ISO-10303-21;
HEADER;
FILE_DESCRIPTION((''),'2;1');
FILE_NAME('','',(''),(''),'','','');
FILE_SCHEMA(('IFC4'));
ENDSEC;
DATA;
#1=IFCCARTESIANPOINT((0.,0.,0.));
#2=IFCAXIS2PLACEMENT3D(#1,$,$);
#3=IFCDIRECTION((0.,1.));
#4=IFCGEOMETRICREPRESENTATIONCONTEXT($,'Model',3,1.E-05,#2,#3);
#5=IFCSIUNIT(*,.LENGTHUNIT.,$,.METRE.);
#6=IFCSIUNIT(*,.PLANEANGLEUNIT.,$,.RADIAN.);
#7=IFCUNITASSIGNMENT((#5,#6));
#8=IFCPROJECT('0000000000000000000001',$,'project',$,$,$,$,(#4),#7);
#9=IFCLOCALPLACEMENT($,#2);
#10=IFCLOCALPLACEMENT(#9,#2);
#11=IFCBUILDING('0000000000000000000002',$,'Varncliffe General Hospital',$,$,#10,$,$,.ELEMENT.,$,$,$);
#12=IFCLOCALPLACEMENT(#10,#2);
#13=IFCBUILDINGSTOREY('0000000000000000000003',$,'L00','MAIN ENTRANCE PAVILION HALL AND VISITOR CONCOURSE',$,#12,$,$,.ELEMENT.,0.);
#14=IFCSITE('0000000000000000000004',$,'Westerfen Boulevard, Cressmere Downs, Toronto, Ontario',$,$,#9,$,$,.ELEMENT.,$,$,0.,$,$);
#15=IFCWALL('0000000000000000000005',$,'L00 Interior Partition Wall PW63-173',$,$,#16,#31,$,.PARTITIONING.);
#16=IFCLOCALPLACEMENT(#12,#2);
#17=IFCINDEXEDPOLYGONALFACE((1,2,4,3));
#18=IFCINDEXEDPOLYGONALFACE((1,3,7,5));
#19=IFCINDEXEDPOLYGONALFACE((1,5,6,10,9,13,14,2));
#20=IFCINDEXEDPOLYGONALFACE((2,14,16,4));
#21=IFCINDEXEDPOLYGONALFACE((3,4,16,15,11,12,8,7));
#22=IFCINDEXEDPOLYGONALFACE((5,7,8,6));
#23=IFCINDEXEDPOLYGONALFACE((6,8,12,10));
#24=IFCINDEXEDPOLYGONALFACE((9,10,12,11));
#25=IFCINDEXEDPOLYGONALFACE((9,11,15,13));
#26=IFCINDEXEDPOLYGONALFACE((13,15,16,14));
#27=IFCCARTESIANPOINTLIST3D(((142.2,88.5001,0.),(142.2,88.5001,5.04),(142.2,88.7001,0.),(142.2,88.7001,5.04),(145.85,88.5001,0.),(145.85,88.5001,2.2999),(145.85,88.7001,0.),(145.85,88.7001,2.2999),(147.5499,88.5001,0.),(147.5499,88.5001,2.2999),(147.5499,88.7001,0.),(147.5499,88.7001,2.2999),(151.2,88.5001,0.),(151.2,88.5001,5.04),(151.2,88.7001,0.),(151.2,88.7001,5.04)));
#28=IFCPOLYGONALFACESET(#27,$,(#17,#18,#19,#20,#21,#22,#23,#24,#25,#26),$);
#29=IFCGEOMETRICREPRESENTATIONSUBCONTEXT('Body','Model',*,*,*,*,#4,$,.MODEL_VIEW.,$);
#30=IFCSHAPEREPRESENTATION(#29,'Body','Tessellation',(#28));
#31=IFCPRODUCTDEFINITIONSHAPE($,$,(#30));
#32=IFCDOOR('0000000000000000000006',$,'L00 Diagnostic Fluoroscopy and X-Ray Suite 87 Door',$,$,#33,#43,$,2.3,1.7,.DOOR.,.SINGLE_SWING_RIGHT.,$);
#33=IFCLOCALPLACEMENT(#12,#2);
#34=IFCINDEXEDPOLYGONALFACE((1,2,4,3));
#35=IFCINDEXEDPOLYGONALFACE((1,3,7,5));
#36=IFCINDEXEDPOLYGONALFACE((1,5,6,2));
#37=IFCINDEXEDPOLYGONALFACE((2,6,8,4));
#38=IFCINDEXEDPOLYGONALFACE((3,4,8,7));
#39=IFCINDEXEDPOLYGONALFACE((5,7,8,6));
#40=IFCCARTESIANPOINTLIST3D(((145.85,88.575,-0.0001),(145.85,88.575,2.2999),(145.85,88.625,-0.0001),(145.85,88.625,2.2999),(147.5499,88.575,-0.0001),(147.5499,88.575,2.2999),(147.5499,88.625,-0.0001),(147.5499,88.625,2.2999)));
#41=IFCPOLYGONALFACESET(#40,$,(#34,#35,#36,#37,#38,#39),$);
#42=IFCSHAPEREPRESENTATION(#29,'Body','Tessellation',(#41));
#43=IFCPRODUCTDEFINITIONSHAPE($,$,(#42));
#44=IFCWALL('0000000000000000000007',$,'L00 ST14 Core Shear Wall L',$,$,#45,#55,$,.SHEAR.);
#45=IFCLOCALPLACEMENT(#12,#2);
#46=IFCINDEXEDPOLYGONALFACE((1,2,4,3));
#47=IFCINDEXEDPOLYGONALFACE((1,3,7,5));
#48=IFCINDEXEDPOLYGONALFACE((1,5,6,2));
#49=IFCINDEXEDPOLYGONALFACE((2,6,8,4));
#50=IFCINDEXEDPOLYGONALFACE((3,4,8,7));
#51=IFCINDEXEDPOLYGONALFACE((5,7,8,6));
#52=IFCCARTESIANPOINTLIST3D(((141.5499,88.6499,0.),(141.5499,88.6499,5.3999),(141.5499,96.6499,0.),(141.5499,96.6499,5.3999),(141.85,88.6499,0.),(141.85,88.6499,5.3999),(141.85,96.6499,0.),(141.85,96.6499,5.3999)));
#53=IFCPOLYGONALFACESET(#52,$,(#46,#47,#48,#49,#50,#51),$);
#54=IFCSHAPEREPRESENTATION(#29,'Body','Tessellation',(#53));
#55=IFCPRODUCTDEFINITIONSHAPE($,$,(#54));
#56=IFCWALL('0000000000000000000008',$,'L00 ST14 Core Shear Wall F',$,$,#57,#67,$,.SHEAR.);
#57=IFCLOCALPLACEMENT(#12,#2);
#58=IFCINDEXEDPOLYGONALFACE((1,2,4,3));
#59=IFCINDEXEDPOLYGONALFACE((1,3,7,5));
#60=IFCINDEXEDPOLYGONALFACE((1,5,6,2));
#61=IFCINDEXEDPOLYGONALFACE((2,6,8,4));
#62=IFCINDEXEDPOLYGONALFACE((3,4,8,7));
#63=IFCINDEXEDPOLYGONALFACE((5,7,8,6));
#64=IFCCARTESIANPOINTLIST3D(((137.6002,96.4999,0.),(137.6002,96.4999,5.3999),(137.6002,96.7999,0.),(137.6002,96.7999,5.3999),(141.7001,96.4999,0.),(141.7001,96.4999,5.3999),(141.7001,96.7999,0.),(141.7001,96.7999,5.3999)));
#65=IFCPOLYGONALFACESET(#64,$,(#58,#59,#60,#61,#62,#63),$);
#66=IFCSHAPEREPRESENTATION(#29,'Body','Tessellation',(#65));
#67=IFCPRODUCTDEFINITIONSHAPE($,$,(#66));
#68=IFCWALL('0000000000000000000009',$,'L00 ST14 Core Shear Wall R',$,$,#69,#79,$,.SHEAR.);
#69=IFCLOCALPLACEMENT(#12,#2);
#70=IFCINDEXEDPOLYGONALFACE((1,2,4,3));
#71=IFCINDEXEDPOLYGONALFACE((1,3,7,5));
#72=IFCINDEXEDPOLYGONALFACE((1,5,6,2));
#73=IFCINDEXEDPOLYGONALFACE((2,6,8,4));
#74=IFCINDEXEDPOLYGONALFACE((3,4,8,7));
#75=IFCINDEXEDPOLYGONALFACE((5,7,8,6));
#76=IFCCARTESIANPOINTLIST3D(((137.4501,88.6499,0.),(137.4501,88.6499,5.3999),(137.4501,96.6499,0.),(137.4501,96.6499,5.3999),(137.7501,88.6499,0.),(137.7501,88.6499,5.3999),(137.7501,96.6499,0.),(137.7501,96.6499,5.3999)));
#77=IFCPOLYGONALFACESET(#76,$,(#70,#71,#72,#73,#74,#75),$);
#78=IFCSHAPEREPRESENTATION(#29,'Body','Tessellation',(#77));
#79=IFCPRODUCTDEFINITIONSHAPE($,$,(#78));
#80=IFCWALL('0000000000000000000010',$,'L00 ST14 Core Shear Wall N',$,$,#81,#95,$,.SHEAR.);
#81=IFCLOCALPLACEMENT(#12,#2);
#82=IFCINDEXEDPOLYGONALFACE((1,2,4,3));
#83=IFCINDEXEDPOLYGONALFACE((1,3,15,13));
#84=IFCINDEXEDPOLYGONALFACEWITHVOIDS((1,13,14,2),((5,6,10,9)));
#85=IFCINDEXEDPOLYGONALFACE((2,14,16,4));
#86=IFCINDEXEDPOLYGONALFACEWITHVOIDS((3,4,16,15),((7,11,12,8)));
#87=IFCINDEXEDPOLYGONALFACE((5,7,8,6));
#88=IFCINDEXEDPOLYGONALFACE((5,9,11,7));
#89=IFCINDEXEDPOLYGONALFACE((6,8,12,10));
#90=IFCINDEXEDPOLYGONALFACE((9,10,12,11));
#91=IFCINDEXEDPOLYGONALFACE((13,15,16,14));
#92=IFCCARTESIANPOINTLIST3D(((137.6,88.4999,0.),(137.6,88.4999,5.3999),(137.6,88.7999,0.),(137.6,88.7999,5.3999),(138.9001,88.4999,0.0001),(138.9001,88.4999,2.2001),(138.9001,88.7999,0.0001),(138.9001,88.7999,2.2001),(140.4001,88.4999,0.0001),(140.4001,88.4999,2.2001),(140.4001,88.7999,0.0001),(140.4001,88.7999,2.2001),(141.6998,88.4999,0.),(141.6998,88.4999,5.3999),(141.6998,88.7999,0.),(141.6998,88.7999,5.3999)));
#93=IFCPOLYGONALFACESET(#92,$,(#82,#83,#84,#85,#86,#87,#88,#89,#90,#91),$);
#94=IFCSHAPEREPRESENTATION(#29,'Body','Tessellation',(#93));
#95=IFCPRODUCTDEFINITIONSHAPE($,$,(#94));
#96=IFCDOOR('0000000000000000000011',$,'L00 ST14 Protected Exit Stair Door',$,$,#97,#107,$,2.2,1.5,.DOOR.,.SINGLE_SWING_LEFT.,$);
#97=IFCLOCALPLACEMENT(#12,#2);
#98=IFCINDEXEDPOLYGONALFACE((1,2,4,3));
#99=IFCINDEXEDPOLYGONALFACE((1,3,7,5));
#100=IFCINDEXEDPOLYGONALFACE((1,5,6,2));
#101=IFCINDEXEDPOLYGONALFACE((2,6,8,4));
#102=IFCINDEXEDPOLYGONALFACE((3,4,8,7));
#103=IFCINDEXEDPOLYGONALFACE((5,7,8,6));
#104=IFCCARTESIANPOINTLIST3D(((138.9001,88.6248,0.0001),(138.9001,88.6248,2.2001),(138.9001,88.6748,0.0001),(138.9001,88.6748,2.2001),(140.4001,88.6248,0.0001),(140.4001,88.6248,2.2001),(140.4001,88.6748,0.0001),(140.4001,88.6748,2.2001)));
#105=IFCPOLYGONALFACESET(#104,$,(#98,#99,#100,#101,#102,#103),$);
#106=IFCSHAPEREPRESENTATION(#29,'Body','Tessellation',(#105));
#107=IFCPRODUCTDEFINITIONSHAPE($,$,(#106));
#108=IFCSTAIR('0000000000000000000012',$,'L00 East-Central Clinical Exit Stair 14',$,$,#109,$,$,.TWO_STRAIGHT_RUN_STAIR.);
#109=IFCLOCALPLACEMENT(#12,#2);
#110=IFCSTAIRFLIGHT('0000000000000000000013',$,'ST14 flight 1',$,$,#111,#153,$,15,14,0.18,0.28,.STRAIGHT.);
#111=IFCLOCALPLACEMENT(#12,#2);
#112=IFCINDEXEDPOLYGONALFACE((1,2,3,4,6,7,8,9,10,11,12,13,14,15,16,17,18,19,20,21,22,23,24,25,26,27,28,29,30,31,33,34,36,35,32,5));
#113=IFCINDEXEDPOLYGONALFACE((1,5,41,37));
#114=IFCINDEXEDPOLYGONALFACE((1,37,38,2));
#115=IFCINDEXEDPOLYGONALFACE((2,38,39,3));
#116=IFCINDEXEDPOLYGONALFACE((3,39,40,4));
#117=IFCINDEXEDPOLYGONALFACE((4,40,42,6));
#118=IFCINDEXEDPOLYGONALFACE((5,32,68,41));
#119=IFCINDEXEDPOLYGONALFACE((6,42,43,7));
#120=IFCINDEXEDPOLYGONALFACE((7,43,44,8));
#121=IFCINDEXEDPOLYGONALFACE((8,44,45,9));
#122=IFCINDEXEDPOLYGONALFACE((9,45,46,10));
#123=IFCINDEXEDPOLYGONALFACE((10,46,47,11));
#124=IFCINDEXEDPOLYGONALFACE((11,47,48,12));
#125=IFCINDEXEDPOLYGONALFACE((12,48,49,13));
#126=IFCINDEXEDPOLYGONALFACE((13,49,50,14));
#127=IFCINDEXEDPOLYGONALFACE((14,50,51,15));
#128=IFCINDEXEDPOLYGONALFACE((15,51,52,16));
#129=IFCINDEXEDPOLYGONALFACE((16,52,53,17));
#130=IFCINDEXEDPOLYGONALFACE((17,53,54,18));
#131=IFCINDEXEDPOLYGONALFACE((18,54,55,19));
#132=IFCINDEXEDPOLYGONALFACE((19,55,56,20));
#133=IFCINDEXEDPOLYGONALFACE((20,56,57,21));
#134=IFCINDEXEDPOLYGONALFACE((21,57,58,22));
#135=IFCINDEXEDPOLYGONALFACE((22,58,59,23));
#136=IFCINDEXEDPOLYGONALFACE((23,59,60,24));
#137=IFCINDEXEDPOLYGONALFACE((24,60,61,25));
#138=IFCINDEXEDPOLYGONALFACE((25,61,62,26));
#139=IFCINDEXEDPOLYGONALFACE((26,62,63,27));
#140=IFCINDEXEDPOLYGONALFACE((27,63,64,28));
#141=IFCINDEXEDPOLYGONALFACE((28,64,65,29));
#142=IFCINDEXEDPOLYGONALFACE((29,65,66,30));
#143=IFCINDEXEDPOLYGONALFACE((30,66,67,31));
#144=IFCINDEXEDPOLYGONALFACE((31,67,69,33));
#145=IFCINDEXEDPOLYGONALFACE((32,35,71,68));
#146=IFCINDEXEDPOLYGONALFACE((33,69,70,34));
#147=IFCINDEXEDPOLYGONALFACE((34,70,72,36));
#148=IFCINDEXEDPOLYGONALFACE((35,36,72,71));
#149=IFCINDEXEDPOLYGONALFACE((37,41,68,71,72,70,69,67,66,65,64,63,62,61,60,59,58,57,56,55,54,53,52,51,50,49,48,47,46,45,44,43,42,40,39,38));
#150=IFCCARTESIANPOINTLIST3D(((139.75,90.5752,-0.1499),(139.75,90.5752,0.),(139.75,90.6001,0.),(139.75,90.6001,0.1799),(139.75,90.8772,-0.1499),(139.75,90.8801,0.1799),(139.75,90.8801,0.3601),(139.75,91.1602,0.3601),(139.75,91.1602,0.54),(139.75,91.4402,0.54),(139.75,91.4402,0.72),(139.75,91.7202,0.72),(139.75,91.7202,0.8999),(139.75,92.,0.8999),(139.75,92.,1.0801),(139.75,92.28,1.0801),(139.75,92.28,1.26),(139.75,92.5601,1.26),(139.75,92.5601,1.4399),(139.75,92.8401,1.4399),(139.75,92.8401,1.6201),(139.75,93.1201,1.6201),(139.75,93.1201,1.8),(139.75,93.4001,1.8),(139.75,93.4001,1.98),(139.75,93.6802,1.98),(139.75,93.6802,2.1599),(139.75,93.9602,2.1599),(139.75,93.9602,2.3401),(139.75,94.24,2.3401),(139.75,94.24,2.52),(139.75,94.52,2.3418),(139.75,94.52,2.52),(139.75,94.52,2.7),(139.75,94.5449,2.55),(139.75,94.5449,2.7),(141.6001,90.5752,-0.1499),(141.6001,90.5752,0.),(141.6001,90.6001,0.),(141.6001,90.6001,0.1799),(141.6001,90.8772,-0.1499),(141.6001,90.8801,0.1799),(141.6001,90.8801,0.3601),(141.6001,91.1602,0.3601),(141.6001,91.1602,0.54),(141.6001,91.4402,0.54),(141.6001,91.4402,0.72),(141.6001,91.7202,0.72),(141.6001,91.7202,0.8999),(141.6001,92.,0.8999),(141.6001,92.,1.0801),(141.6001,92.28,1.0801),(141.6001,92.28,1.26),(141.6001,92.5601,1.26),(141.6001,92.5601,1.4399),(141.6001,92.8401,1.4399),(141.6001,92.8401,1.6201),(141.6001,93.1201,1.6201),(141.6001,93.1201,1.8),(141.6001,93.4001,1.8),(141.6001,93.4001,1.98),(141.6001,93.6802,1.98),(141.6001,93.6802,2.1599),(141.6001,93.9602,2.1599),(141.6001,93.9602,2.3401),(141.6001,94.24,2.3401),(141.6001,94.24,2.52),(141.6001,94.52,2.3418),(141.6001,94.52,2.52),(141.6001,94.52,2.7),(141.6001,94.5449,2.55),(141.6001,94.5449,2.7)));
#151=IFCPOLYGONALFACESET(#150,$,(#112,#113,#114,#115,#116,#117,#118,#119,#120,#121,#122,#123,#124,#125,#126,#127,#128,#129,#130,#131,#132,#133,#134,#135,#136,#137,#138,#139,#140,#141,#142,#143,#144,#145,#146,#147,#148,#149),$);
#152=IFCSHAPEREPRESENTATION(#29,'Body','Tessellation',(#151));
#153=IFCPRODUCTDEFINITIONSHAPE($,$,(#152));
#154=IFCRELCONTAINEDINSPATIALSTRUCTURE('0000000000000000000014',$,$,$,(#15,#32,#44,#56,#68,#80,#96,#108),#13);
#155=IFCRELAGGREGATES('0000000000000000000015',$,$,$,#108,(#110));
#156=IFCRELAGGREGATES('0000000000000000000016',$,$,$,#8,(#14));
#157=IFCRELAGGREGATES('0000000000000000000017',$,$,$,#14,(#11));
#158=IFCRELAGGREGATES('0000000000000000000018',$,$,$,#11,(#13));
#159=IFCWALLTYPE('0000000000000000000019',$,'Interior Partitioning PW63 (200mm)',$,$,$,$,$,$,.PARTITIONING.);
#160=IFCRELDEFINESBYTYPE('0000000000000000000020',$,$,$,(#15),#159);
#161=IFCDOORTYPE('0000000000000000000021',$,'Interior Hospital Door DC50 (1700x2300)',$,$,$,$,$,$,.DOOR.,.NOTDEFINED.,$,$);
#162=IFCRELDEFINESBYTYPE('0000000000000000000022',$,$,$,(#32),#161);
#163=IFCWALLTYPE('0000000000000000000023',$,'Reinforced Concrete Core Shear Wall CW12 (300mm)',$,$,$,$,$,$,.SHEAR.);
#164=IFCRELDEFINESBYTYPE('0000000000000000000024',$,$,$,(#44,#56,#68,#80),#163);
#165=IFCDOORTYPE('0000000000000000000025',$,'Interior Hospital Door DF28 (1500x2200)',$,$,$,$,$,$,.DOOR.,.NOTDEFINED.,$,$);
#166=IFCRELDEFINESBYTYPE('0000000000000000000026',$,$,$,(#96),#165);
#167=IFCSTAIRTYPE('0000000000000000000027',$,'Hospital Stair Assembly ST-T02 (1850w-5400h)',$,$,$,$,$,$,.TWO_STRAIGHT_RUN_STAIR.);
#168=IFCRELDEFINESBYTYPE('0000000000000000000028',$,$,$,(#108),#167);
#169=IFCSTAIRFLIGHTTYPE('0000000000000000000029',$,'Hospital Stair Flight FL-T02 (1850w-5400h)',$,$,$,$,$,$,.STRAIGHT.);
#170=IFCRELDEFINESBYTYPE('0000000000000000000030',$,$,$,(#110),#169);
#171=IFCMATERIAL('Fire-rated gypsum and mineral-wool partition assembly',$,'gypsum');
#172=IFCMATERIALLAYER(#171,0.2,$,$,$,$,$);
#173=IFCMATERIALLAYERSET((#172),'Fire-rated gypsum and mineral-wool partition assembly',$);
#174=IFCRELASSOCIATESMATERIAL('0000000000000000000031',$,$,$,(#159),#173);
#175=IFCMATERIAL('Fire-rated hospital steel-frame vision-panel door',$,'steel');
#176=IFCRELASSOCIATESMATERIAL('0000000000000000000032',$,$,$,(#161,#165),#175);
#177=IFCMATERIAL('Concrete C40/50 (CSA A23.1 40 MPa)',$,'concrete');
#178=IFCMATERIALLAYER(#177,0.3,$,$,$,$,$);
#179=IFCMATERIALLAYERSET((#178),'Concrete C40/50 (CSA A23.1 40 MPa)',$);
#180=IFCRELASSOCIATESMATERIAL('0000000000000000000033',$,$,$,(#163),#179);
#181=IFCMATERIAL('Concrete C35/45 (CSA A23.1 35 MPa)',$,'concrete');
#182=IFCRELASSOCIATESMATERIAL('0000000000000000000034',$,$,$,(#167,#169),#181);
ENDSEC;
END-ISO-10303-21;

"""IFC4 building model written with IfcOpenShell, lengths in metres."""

from ifc_helpers import new_model, si_unit, direction, frame, frame_2d, origin, place, context, subcontext, project, spatial, polyline, rectangle, outline, extrude, material, layer, layer_set, type_object, element, fill, aggregate, save


model = new_model("IFC4")

# Units and contexts
model_context = context("Model", 3, precision=1e-05, world=origin(), true_north=direction((0.0, 1.0)))
body_context = subcontext(model_context, "Body", "Model", "MODEL_VIEW")
ifc_project = project(units=[si_unit("LENGTHUNIT", "METRE"), si_unit("PLANEANGLEUNIT", "RADIAN")], contexts=[model_context])

# Site, building, storey
site_placement = place(None, origin())
site = spatial("IfcSite", under=ifc_project, at=site_placement, Name="Westerfen Boulevard, Cressmere Downs, Toronto, Ontario", CompositionType="ELEMENT", RefElevation=0.0)
building_placement = place(site_placement, origin())
building = spatial("IfcBuilding", under=site, at=building_placement, Name="Varncliffe General Hospital", CompositionType="ELEMENT")
storey_placement = place(building_placement, origin())
storey = spatial("IfcBuildingStorey", under=building, at=storey_placement, Name="L00", Description="MAIN ENTRANCE PAVILION HALL AND VISITOR CONCOURSE", CompositionType="ELEMENT", Elevation=0.0)

# Shared definitions
ifc_material_1 = material(Name="Concrete C40/50 (CSA A23.1 40 MPa)", Category="concrete")

# Shared definitions
ifc_material_2 = material(Name="Concrete C35/45 (CSA A23.1 35 MPa)", Category="concrete")

# Wall, opening, door
ifc_material_3 = material(Name="Fire-rated gypsum and mineral-wool partition assembly", Category="gypsum")
ifc_layer_1 = layer(ifc_material_3, 0.2)
ifc_layer_set_1 = layer_set([ifc_layer_1], Name="Fire-rated gypsum and mineral-wool partition assembly")
wall_type_1 = type_object("IfcWallType", Name="Interior Partitioning PW63 (200mm)", PredefinedType="PARTITIONING", material=ifc_layer_set_1)
wall_1_placement = place(storey_placement, frame((142.2, 88.6001, 0.0), z_axis=(0.0, 0.0, 1.0), x_axis=(1.0, 0.0, 0.0)))
wall_1 = element("IfcWall", 1, at=wall_1_placement, inside=storey, type_object=wall_type_1, Name="L00 Interior Partition Wall PW63-173", PredefinedType="PARTITIONING", context=body_context, shape_type="SweptSolid", body=[
    extrude(rectangle(XDim=9.0, YDim=0.2, at=frame_2d((4.5, 0.0))), origin(), (0.0, 0.0, 1.0), 5.04),
])
opening_1_placement = place(wall_1_placement, frame((3.6499, 0.0, 0.0)))
opening_1 = element("IfcOpeningElement", 2, at=opening_1_placement, cuts=wall_1, PredefinedType="OPENING", context=body_context, shape_type="SweptSolid", body=[
    extrude(rectangle(XDim=1.7, YDim=2.3, at=frame_2d((0.8501, 1.1499))), frame((0.0, 0.1099, 0.0), z_axis=(0.0, -1.0, 0.0), x_axis=(1.0, 0.0, 0.0)), (0.0, 0.0, 1.0), 0.22),
])
ifc_material_4 = material(Name="Fire-rated hospital steel-frame vision-panel door", Category="steel")
door_type_1 = type_object("IfcDoorType", Name="Interior Hospital Door DC50 (1700x2300)", OperationType="NOTDEFINED", PredefinedType="DOOR", material=ifc_material_4)
door_1_placement = place(opening_1_placement, origin())
door_1 = element("IfcDoor", 3, at=door_1_placement, inside=storey, type_object=door_type_1, Name="L00 Diagnostic Fluoroscopy and X-Ray Suite 87 Door", OperationType="SINGLE_SWING_RIGHT", OverallHeight=2.3, OverallWidth=1.7, PredefinedType="DOOR", context=body_context, shape_type="SweptSolid", body=[
    extrude(rectangle(XDim=1.7, YDim=2.3, at=frame_2d((0.8501, 1.1499))), frame((0.0, 0.0249, 0.0), z_axis=(0.0, -1.0, 0.0), x_axis=(1.0, 0.0, 0.0)), (0.0, 0.0, 1.0), 0.05),
])
fill(opening_1, door_1)

# Walls
ifc_layer_2 = layer(ifc_material_1, 0.3)
ifc_layer_set_2 = layer_set([ifc_layer_2], Name="Concrete C40/50 (CSA A23.1 40 MPa)")
wall_type_2 = type_object("IfcWallType", Name="Reinforced Concrete Core Shear Wall CW12 (300mm)", PredefinedType="SHEAR", material=ifc_layer_set_2)
wall_2_placement = place(storey_placement, frame((141.7, 88.6499, 0.0), z_axis=(0.0, 0.0, 1.0), x_axis=(0.0, 1.0, 0.0)))
element("IfcWall", 4, at=wall_2_placement, inside=storey, type_object=wall_type_2, Name="L00 ST14 Core Shear Wall L", PredefinedType="SHEAR", context=body_context, shape_type="SweptSolid", body=[
    extrude(rectangle(XDim=8.0, YDim=0.3, at=frame_2d((4.0, 0.0))), origin(), (0.0, 0.0, 1.0), 5.3999),
])
wall_3_placement = place(storey_placement, frame((141.7, 96.6499, 0.0), z_axis=(0.0, 0.0, 1.0), x_axis=(-1.0, 0.0, 0.0)))
element("IfcWall", 5, at=wall_3_placement, inside=storey, type_object=wall_type_2, Name="L00 ST14 Core Shear Wall F", PredefinedType="SHEAR", context=body_context, shape_type="SweptSolid", body=[
    extrude(rectangle(XDim=4.0999, YDim=0.3, at=frame_2d((2.0498, 0.0))), origin(), (0.0, 0.0, 1.0), 5.3999),
])
wall_4_placement = place(storey_placement, frame((137.6001, 96.6499, 0.0), z_axis=(0.0, 0.0, 1.0), x_axis=(0.0, -1.0, 0.0)))
element("IfcWall", 6, at=wall_4_placement, inside=storey, type_object=wall_type_2, Name="L00 ST14 Core Shear Wall R", PredefinedType="SHEAR", context=body_context, shape_type="SweptSolid", body=[
    extrude(rectangle(XDim=8.0, YDim=0.3, at=frame_2d((4.0, 0.0))), origin(), (0.0, 0.0, 1.0), 5.3999),
])

# Wall, opening, door
wall_5_placement = place(storey_placement, frame((137.6001, 88.6499, 0.0), z_axis=(0.0, 0.0, 1.0), x_axis=(1.0, 0.0, 0.0)))
wall_5 = element("IfcWall", 7, at=wall_5_placement, inside=storey, type_object=wall_type_2, Name="L00 ST14 Core Shear Wall N", PredefinedType="SHEAR", context=body_context, shape_type="SweptSolid", body=[
    extrude(rectangle(XDim=4.0999, YDim=0.3, at=frame_2d((2.0498, 0.0))), origin(), (0.0, 0.0, 1.0), 5.3999),
])
opening_2_placement = place(wall_5_placement, frame((1.3, 0.0, 0.0)))
opening_2 = element("IfcOpeningElement", 8, at=opening_2_placement, cuts=wall_5, PredefinedType="OPENING", context=body_context, shape_type="SweptSolid", body=[
    extrude(rectangle(XDim=1.5, YDim=2.2, at=frame_2d((0.75, 1.1001))), frame((0.0, 0.1602, 0.0), z_axis=(0.0, -1.0, 0.0), x_axis=(1.0, 0.0, 0.0)), (0.0, 0.0, 1.0), 0.3201),
])
door_type_2 = type_object("IfcDoorType", Name="Interior Hospital Door DF28 (1500x2200)", OperationType="NOTDEFINED", PredefinedType="DOOR", material=ifc_material_4)
door_2_placement = place(opening_2_placement, origin())
door_2 = element("IfcDoor", 9, at=door_2_placement, inside=storey, type_object=door_type_2, Name="L00 ST14 Protected Exit Stair Door", OperationType="SINGLE_SWING_LEFT", OverallHeight=2.2, OverallWidth=1.5, PredefinedType="DOOR", context=body_context, shape_type="SweptSolid", body=[
    extrude(rectangle(XDim=1.5, YDim=2.2, at=frame_2d((0.75, 1.1001))), frame((0.0, 0.0249, 0.0), z_axis=(0.0, -1.0, 0.0), x_axis=(1.0, 0.0, 0.0)), (0.0, 0.0, 1.0), 0.05),
])
fill(opening_2, door_2)

# Stair, stair flight
stair_type = type_object("IfcStairType", Name="Hospital Stair Assembly ST-T02 (1850w-5400h)", PredefinedType="TWO_STRAIGHT_RUN_STAIR", material=ifc_material_2)
stair_placement = place(storey_placement, origin())
stair = element("IfcStair", 10, at=stair_placement, inside=storey, type_object=stair_type, Name="L00 East-Central Clinical Exit Stair 14", PredefinedType="TWO_STRAIGHT_RUN_STAIR")
stair_flight_type = type_object("IfcStairFlightType", Name="Hospital Stair Flight FL-T02 (1850w-5400h)", PredefinedType="STRAIGHT", material=ifc_material_2)
stair_flight_1_placement = place(storey_placement, frame((140.675, 90.6001, 0.0), z_axis=(0.0, 0.0, 1.0), x_axis=(0.0, 1.0, 0.0)))
stair_flight_1 = element("IfcStairFlight", 11, at=stair_flight_1_placement, type_object=stair_flight_type, Name="ST14 flight 1", NumberOfRisers=15, NumberOfTreads=14, PredefinedType="STRAIGHT", RiserHeight=0.18, TreadLength=0.28, context=body_context, shape_type="SweptSolid", body=[
    extrude(outline(polyline([(-0.0249, -0.1499), (-0.0249, 0.0), (0.0, 0.0), (0.0, 0.1799), (0.28, 0.1799), (0.28, 0.3601), (0.5601, 0.3601), (0.5601, 0.54), (0.8401, 0.54), (0.8401, 0.72), (1.1201, 0.72), (1.1201, 0.8999), (1.3999, 0.8999), (1.3999, 1.0801), (1.6799, 1.0801), (1.6799, 1.26), (1.96, 1.26), (1.96, 1.4399), (2.24, 1.4399), (2.24, 1.6201), (2.52, 1.6201), (2.52, 1.8), (2.8, 1.8), (2.8, 1.98), (3.0801, 1.98), (3.0801, 2.1599), (3.3601, 2.1599), (3.3601, 2.3401), (3.6399, 2.3401), (3.6399, 2.52), (3.9199, 2.52), (3.9199, 2.7), (3.9448, 2.7), (3.9448, 2.55), (3.9199, 2.3418), (0.2771, -0.1499), (-0.0249, -0.1499)])), frame((0.0, 0.925, 0.0), z_axis=(0.0, -1.0, 0.0), x_axis=(1.0, 0.0, 0.0)), (0.0, 0.0, 1.0), 1.8501),
])
aggregate(stair, [stair_flight_1])

save(model, "model.ifc")
